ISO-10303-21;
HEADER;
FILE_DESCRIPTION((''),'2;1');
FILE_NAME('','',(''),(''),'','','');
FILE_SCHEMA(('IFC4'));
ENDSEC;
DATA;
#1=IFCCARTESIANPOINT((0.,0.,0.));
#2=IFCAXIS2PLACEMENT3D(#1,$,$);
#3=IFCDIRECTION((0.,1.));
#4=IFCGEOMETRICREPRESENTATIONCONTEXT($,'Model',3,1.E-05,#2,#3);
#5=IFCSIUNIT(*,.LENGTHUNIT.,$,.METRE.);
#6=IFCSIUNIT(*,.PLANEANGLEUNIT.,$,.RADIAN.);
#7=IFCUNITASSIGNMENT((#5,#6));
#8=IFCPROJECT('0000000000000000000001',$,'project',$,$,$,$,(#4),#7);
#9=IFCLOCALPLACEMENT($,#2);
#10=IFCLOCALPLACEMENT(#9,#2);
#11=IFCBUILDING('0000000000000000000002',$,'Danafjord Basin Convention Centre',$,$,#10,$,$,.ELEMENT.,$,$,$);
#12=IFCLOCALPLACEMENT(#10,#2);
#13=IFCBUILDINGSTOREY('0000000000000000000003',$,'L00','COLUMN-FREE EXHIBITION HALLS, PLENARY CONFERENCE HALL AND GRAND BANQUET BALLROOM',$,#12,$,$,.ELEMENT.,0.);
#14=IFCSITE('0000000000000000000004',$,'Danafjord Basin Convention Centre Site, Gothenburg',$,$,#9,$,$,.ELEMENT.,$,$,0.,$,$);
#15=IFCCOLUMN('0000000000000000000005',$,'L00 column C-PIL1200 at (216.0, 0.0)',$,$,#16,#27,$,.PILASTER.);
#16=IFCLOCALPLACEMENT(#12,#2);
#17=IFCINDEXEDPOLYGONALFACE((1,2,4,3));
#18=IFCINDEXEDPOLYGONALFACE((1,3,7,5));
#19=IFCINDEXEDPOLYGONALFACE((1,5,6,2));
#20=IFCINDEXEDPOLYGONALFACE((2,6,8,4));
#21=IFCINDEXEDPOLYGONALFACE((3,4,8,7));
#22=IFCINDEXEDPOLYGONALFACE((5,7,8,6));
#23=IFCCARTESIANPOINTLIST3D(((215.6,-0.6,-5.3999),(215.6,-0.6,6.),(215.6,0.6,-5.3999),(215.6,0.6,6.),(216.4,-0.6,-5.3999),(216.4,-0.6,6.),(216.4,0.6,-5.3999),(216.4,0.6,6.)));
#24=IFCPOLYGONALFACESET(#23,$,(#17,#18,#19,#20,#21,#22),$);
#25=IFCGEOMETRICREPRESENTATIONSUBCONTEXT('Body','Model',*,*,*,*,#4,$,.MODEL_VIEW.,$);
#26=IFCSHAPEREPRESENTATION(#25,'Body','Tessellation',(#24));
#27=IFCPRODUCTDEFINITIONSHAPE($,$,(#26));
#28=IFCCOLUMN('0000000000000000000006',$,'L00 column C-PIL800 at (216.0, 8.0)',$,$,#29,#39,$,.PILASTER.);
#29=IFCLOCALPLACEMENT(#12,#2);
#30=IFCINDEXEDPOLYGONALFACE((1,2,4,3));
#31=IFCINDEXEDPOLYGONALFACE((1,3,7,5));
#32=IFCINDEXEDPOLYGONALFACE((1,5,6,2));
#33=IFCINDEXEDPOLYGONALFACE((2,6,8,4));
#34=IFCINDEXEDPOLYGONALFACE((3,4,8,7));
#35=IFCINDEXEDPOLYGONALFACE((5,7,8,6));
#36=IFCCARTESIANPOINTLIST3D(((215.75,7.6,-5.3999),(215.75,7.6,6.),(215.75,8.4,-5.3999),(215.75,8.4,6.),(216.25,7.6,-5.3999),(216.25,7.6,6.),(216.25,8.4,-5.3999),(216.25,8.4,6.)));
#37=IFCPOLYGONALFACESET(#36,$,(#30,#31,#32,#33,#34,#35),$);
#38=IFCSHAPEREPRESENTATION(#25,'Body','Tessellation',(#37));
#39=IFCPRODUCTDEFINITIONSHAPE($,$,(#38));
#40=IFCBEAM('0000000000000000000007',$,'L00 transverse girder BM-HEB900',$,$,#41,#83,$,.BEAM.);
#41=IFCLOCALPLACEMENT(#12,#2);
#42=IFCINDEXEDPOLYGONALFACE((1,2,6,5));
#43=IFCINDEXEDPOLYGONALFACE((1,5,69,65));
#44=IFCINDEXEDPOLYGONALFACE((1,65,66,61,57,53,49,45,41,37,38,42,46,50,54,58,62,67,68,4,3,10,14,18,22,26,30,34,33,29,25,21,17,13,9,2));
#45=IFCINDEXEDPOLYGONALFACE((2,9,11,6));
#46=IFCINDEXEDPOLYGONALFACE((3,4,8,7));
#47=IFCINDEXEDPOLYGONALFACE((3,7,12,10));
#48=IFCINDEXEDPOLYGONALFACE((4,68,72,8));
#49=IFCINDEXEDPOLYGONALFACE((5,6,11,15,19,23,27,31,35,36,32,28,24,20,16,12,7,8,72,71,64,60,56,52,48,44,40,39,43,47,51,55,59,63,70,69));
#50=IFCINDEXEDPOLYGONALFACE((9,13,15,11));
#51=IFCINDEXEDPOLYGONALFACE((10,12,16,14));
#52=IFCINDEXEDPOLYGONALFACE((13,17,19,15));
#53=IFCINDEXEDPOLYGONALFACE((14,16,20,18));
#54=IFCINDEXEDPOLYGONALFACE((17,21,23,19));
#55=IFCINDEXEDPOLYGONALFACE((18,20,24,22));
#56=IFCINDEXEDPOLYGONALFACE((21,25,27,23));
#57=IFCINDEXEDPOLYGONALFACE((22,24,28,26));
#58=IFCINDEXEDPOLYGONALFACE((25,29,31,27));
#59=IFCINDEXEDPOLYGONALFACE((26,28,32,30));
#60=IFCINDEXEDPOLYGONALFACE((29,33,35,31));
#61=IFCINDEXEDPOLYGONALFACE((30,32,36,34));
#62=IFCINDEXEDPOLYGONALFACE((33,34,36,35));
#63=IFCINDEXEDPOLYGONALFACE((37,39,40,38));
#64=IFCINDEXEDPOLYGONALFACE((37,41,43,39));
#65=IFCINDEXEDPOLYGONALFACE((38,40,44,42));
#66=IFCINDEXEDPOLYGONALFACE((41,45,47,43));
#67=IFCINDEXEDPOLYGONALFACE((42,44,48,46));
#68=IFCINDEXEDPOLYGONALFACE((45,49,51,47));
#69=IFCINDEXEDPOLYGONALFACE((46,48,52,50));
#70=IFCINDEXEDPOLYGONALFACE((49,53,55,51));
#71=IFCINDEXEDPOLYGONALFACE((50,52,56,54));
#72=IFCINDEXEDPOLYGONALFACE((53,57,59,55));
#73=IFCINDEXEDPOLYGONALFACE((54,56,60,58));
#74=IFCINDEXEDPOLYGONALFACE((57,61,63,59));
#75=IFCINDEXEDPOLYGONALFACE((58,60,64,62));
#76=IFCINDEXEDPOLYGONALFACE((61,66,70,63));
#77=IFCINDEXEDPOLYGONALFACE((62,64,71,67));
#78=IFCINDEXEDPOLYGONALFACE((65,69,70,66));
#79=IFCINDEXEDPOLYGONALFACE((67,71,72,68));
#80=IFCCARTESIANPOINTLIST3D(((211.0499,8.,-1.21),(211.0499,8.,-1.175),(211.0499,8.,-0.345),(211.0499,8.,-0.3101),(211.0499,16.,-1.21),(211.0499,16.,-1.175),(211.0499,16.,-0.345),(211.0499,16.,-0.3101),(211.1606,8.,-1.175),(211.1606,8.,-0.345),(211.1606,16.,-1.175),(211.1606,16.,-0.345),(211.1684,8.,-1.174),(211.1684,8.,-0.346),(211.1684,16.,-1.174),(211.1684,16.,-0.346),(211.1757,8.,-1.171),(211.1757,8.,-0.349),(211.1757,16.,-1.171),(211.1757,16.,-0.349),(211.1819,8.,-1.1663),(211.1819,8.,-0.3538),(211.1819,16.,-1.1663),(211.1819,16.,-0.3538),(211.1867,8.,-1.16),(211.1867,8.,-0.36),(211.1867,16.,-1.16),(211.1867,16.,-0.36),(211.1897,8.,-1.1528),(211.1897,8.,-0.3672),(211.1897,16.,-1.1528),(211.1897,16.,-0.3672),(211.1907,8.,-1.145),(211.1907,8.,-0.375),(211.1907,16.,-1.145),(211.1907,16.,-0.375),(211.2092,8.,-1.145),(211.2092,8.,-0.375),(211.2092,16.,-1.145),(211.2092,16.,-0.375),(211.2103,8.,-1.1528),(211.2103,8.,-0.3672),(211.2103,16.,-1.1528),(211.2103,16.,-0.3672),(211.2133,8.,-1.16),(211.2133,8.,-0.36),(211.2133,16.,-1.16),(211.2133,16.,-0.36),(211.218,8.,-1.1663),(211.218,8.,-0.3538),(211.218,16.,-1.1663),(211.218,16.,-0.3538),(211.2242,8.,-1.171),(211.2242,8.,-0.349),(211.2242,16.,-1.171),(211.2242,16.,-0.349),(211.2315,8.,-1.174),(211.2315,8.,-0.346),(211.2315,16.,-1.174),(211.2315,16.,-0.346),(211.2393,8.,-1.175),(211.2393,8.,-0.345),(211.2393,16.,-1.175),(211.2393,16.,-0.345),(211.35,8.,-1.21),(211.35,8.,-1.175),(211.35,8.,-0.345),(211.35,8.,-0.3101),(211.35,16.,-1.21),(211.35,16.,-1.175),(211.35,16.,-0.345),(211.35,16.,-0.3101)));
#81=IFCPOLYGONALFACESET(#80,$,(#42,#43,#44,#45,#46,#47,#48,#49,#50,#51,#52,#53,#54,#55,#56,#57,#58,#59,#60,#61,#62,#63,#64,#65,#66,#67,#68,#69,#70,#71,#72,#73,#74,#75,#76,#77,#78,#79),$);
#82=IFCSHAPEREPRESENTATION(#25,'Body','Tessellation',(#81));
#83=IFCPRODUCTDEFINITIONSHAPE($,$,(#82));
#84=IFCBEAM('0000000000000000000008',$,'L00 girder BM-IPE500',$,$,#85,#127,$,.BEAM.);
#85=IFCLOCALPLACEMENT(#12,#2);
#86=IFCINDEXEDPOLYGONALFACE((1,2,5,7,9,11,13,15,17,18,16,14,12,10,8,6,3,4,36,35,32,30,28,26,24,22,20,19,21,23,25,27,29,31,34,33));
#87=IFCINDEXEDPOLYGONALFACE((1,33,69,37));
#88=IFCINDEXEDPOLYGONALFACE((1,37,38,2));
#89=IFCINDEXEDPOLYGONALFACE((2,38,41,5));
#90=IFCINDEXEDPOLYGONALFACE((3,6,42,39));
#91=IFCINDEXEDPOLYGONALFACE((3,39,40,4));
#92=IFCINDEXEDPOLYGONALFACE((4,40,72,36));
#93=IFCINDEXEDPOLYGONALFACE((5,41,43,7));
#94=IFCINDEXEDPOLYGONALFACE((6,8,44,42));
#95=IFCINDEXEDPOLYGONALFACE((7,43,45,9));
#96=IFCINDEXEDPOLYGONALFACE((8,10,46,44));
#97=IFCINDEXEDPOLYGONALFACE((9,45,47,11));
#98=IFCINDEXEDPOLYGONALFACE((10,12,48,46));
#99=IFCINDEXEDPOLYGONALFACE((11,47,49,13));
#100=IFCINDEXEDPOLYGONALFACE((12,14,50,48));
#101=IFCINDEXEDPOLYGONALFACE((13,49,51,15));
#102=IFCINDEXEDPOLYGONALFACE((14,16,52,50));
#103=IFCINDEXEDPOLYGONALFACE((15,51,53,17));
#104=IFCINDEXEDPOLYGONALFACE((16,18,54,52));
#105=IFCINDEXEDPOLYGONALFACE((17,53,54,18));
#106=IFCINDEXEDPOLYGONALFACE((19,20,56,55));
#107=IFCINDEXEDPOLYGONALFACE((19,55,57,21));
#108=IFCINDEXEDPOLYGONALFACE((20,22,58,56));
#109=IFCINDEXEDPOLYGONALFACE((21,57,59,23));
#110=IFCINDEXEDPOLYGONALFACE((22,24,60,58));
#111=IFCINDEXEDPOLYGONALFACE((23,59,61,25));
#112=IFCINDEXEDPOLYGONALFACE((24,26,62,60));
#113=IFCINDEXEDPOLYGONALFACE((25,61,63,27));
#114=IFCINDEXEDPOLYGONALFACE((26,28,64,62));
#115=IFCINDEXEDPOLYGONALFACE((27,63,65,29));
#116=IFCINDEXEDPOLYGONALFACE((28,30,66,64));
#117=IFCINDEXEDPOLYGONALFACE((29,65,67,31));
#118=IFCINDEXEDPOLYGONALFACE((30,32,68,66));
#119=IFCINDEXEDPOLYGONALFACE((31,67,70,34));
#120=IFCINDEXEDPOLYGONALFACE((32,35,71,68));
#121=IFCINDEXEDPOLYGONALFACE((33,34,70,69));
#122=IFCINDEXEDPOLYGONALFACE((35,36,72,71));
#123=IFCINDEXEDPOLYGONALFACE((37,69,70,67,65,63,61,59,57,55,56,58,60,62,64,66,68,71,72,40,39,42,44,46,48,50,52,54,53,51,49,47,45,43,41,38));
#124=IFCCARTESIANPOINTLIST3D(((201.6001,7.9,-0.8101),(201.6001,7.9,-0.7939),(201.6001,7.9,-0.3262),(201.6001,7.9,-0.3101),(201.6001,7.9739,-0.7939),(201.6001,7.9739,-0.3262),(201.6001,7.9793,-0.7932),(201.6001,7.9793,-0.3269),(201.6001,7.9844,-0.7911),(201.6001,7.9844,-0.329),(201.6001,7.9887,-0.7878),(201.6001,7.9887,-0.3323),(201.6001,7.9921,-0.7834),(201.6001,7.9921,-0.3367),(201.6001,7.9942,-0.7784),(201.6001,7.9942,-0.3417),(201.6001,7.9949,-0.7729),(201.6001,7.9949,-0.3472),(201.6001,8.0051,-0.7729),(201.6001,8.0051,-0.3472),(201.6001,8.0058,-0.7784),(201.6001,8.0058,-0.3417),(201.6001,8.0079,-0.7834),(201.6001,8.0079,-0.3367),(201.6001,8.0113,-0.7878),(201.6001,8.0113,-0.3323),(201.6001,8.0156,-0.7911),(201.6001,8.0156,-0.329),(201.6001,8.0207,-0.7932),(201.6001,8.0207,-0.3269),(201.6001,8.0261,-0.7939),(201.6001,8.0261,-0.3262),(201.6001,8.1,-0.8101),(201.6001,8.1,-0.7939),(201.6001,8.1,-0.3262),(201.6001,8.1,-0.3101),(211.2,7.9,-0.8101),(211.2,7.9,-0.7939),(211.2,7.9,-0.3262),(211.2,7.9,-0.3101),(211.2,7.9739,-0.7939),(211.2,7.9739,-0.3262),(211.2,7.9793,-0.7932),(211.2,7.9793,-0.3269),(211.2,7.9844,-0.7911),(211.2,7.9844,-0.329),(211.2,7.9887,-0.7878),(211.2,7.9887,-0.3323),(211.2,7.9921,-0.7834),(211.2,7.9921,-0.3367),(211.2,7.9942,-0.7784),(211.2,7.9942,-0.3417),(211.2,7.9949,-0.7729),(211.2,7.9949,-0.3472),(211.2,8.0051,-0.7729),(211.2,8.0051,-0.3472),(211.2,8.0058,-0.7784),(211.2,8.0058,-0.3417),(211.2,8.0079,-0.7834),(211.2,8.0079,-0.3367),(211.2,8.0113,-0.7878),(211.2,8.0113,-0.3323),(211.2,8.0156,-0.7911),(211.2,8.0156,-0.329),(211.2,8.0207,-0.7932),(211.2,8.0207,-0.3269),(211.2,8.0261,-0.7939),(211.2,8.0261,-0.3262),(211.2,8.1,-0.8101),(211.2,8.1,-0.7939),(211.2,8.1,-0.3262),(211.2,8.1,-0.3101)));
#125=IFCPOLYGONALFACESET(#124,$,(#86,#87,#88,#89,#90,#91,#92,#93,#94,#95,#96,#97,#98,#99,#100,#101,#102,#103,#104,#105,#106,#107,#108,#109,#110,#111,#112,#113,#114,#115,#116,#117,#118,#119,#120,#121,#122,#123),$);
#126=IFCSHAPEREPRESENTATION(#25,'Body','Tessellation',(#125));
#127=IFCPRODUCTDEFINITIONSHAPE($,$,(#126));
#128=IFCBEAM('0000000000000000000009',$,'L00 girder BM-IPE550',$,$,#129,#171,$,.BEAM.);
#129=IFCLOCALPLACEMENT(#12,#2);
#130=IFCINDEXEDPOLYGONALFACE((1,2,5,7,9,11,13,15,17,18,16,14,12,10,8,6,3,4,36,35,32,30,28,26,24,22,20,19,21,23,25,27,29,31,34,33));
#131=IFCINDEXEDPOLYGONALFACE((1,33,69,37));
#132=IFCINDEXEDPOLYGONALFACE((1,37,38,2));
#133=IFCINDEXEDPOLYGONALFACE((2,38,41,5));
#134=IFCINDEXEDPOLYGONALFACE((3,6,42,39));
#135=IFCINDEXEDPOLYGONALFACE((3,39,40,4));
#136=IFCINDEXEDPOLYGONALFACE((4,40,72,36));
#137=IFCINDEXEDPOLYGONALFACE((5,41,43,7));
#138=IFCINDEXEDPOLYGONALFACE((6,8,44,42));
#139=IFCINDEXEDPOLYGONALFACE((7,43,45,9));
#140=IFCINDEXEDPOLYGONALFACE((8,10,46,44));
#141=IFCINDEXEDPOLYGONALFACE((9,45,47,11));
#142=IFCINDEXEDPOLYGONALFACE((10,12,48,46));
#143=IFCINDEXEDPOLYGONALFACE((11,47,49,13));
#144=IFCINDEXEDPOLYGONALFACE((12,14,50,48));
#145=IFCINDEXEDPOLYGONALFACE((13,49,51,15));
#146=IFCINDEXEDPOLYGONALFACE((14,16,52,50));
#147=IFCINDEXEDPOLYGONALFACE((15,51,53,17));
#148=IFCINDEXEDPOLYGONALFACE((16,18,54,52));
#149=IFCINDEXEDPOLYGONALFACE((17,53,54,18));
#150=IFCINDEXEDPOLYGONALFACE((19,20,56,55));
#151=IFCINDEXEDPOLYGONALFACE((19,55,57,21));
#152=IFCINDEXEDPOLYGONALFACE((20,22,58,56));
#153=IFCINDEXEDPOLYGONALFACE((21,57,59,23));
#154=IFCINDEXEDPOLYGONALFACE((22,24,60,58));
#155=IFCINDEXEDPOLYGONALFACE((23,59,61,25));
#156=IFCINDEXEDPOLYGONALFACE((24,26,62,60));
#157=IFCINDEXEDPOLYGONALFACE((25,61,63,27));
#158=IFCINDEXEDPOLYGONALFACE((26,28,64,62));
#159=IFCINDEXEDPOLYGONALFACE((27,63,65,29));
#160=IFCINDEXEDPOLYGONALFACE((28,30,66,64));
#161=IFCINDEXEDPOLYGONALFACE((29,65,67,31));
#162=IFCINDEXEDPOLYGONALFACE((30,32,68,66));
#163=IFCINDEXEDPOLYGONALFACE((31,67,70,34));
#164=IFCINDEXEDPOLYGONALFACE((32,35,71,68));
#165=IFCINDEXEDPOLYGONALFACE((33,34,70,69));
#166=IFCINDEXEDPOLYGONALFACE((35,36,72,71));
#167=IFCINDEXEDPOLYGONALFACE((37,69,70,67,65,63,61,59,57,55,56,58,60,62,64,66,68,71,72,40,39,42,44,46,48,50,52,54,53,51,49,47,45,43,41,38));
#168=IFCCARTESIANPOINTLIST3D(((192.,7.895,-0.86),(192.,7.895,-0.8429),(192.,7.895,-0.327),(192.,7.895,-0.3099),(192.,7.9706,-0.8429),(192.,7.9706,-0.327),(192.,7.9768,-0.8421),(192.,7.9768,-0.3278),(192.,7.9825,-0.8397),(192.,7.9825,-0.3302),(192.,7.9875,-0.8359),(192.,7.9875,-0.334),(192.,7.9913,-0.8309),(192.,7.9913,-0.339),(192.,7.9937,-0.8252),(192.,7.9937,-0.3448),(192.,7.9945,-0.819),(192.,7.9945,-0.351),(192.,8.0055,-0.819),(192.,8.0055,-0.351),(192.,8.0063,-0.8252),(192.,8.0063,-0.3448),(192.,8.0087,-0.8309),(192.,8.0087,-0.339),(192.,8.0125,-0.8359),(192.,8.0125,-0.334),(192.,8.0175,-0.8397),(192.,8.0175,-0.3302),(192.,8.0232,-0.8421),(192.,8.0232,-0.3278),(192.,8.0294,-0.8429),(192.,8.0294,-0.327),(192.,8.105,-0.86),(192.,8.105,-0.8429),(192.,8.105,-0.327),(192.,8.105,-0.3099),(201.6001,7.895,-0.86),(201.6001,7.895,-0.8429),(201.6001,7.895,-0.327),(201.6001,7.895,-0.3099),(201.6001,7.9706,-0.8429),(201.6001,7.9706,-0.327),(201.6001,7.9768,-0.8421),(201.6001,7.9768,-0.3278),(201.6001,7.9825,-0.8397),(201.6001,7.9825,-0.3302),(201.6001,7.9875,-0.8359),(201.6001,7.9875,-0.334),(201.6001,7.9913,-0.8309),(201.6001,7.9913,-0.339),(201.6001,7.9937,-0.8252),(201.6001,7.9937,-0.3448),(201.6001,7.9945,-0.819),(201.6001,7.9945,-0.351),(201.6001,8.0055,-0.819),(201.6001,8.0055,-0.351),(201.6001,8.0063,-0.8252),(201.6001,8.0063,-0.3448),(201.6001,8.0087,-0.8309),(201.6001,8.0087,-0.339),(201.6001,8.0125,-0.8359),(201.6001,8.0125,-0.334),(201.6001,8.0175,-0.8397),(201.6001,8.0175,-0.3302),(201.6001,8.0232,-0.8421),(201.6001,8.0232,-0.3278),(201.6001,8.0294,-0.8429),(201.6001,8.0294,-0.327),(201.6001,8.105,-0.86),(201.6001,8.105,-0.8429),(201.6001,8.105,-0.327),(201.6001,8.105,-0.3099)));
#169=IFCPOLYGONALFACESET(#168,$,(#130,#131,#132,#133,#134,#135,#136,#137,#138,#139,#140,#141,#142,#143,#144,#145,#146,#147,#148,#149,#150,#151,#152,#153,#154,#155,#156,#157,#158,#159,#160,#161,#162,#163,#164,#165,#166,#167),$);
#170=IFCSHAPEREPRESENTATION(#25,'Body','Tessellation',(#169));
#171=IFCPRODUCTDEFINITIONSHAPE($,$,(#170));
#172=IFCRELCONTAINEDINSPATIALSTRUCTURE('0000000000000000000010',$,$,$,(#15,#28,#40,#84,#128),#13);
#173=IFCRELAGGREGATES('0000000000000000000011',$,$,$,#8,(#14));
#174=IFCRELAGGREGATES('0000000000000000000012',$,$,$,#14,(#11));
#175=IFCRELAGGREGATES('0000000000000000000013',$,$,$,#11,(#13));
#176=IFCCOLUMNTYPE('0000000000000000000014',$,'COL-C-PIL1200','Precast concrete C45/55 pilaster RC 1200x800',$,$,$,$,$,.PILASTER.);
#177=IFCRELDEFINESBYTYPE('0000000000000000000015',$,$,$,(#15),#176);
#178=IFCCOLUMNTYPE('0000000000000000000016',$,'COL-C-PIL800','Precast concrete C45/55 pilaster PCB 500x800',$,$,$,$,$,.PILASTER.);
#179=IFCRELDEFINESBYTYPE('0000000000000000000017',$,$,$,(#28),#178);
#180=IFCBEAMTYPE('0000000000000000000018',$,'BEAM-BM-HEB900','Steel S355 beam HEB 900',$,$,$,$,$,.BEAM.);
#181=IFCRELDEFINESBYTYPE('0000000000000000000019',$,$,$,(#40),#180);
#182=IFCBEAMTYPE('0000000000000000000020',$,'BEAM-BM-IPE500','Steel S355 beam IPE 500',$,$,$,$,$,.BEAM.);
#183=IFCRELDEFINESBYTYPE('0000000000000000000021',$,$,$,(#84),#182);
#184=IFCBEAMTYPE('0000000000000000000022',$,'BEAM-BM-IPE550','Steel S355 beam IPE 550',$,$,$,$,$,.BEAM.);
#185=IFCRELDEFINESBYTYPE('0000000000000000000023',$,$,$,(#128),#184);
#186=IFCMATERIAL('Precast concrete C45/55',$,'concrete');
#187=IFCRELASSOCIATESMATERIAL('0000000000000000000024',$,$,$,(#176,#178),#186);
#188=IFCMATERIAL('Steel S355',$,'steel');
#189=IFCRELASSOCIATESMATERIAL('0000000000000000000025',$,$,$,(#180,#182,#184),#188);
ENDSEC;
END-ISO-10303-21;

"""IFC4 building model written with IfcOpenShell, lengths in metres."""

from ifc_helpers import new_model, si_unit, direction, frame, origin, origin_2d, place, context, subcontext, project, spatial, rectangle, i_section, extrude, material, material_profile, profile_set, type_object, element, save


model = new_model("IFC4")

# Units and contexts
model_context = context("Model", 3, precision=1e-05, world=origin(), true_north=direction((0.0, 1.0)))
body_context = subcontext(model_context, "Body", "Model", "MODEL_VIEW")
ifc_project = project(units=[si_unit("LENGTHUNIT", "METRE"), si_unit("PLANEANGLEUNIT", "RADIAN")], contexts=[model_context])

# Site, building, storey
site_placement = place(None, origin())
site = spatial("IfcSite", under=ifc_project, at=site_placement, Name="Danafjord Basin Convention Centre Site, Gothenburg", CompositionType="ELEMENT", RefElevation=0.0)
building_placement = place(site_placement, origin())
building = spatial("IfcBuilding", under=site, at=building_placement, Name="Danafjord Basin Convention Centre", CompositionType="ELEMENT")
storey_placement = place(building_placement, origin())
storey = spatial("IfcBuildingStorey", under=building, at=storey_placement, Name="L00", Description="COLUMN-FREE EXHIBITION HALLS, PLENARY CONFERENCE HALL AND GRAND BANQUET BALLROOM", CompositionType="ELEMENT", Elevation=0.0)

# Columns
ifc_material_1 = material(Name="Steel S355", Category="steel")
ifc_material_2 = material(Name="Precast concrete C45/55", Category="concrete")
ifc_material_profile_1 = material_profile(ifc_material_2, rectangle(XDim=0.8, YDim=1.2, at=origin_2d()), Name="RC 1200x800")
ifc_profile_set_1 = profile_set([ifc_material_profile_1], Name="Precast concrete C45/55")
column_type_1 = type_object("IfcColumnType", Name="COL-C-PIL1200", Description="Precast concrete C45/55 pilaster RC 1200x800", PredefinedType="PILASTER", material=ifc_profile_set_1)
column_1_placement = place(storey_placement, frame((216.0, 0.0, -5.3999), z_axis=(0.0, 0.0, 1.0), x_axis=(1.0, 0.0, 0.0)))
element("IfcColumn", 1, at=column_1_placement, inside=storey, type_object=column_type_1, Name="L00 column C-PIL1200 at (216.0, 0.0)", PredefinedType="PILASTER", context=body_context, shape_type="SweptSolid", body=[
    extrude(rectangle(XDim=0.8, YDim=1.2, at=origin_2d()), origin(), (0.0, 0.0, 1.0), 11.3999),
])
ifc_material_profile_2 = material_profile(ifc_material_2, rectangle(XDim=0.5, YDim=0.8, at=origin_2d()), Name="PCB 500x800")
ifc_profile_set_2 = profile_set([ifc_material_profile_2], Name="Precast concrete C45/55")
column_type_2 = type_object("IfcColumnType", Name="COL-C-PIL800", Description="Precast concrete C45/55 pilaster PCB 500x800", PredefinedType="PILASTER", material=ifc_profile_set_2)
column_2_placement = place(storey_placement, frame((216.0, 8.0, -5.3999), z_axis=(0.0, 0.0, 1.0), x_axis=(1.0, 0.0, 0.0)))
element("IfcColumn", 2, at=column_2_placement, inside=storey, type_object=column_type_2, Name="L00 column C-PIL800 at (216.0, 8.0)", PredefinedType="PILASTER", context=body_context, shape_type="SweptSolid", body=[
    extrude(rectangle(XDim=0.5, YDim=0.8, at=origin_2d()), origin(), (0.0, 0.0, 1.0), 11.3999),
])

# Beams
ifc_material_profile_3 = material_profile(ifc_material_1, i_section(OverallWidth=0.3, OverallDepth=0.8999, WebThickness=0.0186, FlangeThickness=0.0349, FilletRadius=0.03, at=origin_2d()), Name="HEB 900")
ifc_profile_set_3 = profile_set([ifc_material_profile_3], Name="Steel S355")
beam_type_1 = type_object("IfcBeamType", Name="BEAM-BM-HEB900", Description="Steel S355 beam HEB 900", PredefinedType="BEAM", material=ifc_profile_set_3)
beam_1_placement = place(storey_placement, frame((211.2, 8.0, -0.76), z_axis=(0.0, 1.0, 0.0), x_axis=(-1.0, 0.0, 0.0)))
element("IfcBeam", 3, at=beam_1_placement, inside=storey, type_object=beam_type_1, Name="L00 transverse girder BM-HEB900", PredefinedType="BEAM", context=body_context, shape_type="SweptSolid", body=[
    extrude(i_section(OverallWidth=0.3, OverallDepth=0.8999, WebThickness=0.0186, FlangeThickness=0.0349, FilletRadius=0.03, at=origin_2d()), origin(), (0.0, 0.0, 1.0), 8.0),
])
ifc_material_profile_4 = material_profile(ifc_material_1, i_section(OverallWidth=0.2, OverallDepth=0.5, WebThickness=0.0103, FlangeThickness=0.0161, FilletRadius=0.021, at=origin_2d()), Name="IPE 500")
ifc_profile_set_4 = profile_set([ifc_material_profile_4], Name="Steel S355")
beam_type_2 = type_object("IfcBeamType", Name="BEAM-BM-IPE500", Description="Steel S355 beam IPE 500", PredefinedType="BEAM", material=ifc_profile_set_4)
beam_2_placement = place(storey_placement, frame((201.6001, 8.0, -0.5601), z_axis=(1.0, 0.0, 0.0), x_axis=(0.0, 1.0, 0.0)))
element("IfcBeam", 4, at=beam_2_placement, inside=storey, type_object=beam_type_2, Name="L00 girder BM-IPE500", PredefinedType="BEAM", context=body_context, shape_type="SweptSolid", body=[
    extrude(i_section(OverallWidth=0.2, OverallDepth=0.5, WebThickness=0.0103, FlangeThickness=0.0161, FilletRadius=0.021, at=origin_2d()), origin(), (0.0, 0.0, 1.0), 9.5999),
])
ifc_material_profile_5 = material_profile(ifc_material_1, i_section(OverallWidth=0.21, OverallDepth=0.55, WebThickness=0.011, FlangeThickness=0.0171, FilletRadius=0.0239, at=origin_2d()), Name="IPE 550")
ifc_profile_set_5 = profile_set([ifc_material_profile_5], Name="Steel S355")
beam_type_3 = type_object("IfcBeamType", Name="BEAM-BM-IPE550", Description="Steel S355 beam IPE 550", PredefinedType="BEAM", material=ifc_profile_set_5)
beam_3_placement = place(storey_placement, frame((192.0, 8.0, -0.585), z_axis=(1.0, 0.0, 0.0), x_axis=(0.0, 1.0, 0.0)))
element("IfcBeam", 5, at=beam_3_placement, inside=storey, type_object=beam_type_3, Name="L00 girder BM-IPE550", PredefinedType="BEAM", context=body_context, shape_type="SweptSolid", body=[
    extrude(i_section(OverallWidth=0.21, OverallDepth=0.55, WebThickness=0.011, FlangeThickness=0.0171, FilletRadius=0.0239, at=origin_2d()), origin(), (0.0, 0.0, 1.0), 9.6001),
])

save(model, "model.ifc")
